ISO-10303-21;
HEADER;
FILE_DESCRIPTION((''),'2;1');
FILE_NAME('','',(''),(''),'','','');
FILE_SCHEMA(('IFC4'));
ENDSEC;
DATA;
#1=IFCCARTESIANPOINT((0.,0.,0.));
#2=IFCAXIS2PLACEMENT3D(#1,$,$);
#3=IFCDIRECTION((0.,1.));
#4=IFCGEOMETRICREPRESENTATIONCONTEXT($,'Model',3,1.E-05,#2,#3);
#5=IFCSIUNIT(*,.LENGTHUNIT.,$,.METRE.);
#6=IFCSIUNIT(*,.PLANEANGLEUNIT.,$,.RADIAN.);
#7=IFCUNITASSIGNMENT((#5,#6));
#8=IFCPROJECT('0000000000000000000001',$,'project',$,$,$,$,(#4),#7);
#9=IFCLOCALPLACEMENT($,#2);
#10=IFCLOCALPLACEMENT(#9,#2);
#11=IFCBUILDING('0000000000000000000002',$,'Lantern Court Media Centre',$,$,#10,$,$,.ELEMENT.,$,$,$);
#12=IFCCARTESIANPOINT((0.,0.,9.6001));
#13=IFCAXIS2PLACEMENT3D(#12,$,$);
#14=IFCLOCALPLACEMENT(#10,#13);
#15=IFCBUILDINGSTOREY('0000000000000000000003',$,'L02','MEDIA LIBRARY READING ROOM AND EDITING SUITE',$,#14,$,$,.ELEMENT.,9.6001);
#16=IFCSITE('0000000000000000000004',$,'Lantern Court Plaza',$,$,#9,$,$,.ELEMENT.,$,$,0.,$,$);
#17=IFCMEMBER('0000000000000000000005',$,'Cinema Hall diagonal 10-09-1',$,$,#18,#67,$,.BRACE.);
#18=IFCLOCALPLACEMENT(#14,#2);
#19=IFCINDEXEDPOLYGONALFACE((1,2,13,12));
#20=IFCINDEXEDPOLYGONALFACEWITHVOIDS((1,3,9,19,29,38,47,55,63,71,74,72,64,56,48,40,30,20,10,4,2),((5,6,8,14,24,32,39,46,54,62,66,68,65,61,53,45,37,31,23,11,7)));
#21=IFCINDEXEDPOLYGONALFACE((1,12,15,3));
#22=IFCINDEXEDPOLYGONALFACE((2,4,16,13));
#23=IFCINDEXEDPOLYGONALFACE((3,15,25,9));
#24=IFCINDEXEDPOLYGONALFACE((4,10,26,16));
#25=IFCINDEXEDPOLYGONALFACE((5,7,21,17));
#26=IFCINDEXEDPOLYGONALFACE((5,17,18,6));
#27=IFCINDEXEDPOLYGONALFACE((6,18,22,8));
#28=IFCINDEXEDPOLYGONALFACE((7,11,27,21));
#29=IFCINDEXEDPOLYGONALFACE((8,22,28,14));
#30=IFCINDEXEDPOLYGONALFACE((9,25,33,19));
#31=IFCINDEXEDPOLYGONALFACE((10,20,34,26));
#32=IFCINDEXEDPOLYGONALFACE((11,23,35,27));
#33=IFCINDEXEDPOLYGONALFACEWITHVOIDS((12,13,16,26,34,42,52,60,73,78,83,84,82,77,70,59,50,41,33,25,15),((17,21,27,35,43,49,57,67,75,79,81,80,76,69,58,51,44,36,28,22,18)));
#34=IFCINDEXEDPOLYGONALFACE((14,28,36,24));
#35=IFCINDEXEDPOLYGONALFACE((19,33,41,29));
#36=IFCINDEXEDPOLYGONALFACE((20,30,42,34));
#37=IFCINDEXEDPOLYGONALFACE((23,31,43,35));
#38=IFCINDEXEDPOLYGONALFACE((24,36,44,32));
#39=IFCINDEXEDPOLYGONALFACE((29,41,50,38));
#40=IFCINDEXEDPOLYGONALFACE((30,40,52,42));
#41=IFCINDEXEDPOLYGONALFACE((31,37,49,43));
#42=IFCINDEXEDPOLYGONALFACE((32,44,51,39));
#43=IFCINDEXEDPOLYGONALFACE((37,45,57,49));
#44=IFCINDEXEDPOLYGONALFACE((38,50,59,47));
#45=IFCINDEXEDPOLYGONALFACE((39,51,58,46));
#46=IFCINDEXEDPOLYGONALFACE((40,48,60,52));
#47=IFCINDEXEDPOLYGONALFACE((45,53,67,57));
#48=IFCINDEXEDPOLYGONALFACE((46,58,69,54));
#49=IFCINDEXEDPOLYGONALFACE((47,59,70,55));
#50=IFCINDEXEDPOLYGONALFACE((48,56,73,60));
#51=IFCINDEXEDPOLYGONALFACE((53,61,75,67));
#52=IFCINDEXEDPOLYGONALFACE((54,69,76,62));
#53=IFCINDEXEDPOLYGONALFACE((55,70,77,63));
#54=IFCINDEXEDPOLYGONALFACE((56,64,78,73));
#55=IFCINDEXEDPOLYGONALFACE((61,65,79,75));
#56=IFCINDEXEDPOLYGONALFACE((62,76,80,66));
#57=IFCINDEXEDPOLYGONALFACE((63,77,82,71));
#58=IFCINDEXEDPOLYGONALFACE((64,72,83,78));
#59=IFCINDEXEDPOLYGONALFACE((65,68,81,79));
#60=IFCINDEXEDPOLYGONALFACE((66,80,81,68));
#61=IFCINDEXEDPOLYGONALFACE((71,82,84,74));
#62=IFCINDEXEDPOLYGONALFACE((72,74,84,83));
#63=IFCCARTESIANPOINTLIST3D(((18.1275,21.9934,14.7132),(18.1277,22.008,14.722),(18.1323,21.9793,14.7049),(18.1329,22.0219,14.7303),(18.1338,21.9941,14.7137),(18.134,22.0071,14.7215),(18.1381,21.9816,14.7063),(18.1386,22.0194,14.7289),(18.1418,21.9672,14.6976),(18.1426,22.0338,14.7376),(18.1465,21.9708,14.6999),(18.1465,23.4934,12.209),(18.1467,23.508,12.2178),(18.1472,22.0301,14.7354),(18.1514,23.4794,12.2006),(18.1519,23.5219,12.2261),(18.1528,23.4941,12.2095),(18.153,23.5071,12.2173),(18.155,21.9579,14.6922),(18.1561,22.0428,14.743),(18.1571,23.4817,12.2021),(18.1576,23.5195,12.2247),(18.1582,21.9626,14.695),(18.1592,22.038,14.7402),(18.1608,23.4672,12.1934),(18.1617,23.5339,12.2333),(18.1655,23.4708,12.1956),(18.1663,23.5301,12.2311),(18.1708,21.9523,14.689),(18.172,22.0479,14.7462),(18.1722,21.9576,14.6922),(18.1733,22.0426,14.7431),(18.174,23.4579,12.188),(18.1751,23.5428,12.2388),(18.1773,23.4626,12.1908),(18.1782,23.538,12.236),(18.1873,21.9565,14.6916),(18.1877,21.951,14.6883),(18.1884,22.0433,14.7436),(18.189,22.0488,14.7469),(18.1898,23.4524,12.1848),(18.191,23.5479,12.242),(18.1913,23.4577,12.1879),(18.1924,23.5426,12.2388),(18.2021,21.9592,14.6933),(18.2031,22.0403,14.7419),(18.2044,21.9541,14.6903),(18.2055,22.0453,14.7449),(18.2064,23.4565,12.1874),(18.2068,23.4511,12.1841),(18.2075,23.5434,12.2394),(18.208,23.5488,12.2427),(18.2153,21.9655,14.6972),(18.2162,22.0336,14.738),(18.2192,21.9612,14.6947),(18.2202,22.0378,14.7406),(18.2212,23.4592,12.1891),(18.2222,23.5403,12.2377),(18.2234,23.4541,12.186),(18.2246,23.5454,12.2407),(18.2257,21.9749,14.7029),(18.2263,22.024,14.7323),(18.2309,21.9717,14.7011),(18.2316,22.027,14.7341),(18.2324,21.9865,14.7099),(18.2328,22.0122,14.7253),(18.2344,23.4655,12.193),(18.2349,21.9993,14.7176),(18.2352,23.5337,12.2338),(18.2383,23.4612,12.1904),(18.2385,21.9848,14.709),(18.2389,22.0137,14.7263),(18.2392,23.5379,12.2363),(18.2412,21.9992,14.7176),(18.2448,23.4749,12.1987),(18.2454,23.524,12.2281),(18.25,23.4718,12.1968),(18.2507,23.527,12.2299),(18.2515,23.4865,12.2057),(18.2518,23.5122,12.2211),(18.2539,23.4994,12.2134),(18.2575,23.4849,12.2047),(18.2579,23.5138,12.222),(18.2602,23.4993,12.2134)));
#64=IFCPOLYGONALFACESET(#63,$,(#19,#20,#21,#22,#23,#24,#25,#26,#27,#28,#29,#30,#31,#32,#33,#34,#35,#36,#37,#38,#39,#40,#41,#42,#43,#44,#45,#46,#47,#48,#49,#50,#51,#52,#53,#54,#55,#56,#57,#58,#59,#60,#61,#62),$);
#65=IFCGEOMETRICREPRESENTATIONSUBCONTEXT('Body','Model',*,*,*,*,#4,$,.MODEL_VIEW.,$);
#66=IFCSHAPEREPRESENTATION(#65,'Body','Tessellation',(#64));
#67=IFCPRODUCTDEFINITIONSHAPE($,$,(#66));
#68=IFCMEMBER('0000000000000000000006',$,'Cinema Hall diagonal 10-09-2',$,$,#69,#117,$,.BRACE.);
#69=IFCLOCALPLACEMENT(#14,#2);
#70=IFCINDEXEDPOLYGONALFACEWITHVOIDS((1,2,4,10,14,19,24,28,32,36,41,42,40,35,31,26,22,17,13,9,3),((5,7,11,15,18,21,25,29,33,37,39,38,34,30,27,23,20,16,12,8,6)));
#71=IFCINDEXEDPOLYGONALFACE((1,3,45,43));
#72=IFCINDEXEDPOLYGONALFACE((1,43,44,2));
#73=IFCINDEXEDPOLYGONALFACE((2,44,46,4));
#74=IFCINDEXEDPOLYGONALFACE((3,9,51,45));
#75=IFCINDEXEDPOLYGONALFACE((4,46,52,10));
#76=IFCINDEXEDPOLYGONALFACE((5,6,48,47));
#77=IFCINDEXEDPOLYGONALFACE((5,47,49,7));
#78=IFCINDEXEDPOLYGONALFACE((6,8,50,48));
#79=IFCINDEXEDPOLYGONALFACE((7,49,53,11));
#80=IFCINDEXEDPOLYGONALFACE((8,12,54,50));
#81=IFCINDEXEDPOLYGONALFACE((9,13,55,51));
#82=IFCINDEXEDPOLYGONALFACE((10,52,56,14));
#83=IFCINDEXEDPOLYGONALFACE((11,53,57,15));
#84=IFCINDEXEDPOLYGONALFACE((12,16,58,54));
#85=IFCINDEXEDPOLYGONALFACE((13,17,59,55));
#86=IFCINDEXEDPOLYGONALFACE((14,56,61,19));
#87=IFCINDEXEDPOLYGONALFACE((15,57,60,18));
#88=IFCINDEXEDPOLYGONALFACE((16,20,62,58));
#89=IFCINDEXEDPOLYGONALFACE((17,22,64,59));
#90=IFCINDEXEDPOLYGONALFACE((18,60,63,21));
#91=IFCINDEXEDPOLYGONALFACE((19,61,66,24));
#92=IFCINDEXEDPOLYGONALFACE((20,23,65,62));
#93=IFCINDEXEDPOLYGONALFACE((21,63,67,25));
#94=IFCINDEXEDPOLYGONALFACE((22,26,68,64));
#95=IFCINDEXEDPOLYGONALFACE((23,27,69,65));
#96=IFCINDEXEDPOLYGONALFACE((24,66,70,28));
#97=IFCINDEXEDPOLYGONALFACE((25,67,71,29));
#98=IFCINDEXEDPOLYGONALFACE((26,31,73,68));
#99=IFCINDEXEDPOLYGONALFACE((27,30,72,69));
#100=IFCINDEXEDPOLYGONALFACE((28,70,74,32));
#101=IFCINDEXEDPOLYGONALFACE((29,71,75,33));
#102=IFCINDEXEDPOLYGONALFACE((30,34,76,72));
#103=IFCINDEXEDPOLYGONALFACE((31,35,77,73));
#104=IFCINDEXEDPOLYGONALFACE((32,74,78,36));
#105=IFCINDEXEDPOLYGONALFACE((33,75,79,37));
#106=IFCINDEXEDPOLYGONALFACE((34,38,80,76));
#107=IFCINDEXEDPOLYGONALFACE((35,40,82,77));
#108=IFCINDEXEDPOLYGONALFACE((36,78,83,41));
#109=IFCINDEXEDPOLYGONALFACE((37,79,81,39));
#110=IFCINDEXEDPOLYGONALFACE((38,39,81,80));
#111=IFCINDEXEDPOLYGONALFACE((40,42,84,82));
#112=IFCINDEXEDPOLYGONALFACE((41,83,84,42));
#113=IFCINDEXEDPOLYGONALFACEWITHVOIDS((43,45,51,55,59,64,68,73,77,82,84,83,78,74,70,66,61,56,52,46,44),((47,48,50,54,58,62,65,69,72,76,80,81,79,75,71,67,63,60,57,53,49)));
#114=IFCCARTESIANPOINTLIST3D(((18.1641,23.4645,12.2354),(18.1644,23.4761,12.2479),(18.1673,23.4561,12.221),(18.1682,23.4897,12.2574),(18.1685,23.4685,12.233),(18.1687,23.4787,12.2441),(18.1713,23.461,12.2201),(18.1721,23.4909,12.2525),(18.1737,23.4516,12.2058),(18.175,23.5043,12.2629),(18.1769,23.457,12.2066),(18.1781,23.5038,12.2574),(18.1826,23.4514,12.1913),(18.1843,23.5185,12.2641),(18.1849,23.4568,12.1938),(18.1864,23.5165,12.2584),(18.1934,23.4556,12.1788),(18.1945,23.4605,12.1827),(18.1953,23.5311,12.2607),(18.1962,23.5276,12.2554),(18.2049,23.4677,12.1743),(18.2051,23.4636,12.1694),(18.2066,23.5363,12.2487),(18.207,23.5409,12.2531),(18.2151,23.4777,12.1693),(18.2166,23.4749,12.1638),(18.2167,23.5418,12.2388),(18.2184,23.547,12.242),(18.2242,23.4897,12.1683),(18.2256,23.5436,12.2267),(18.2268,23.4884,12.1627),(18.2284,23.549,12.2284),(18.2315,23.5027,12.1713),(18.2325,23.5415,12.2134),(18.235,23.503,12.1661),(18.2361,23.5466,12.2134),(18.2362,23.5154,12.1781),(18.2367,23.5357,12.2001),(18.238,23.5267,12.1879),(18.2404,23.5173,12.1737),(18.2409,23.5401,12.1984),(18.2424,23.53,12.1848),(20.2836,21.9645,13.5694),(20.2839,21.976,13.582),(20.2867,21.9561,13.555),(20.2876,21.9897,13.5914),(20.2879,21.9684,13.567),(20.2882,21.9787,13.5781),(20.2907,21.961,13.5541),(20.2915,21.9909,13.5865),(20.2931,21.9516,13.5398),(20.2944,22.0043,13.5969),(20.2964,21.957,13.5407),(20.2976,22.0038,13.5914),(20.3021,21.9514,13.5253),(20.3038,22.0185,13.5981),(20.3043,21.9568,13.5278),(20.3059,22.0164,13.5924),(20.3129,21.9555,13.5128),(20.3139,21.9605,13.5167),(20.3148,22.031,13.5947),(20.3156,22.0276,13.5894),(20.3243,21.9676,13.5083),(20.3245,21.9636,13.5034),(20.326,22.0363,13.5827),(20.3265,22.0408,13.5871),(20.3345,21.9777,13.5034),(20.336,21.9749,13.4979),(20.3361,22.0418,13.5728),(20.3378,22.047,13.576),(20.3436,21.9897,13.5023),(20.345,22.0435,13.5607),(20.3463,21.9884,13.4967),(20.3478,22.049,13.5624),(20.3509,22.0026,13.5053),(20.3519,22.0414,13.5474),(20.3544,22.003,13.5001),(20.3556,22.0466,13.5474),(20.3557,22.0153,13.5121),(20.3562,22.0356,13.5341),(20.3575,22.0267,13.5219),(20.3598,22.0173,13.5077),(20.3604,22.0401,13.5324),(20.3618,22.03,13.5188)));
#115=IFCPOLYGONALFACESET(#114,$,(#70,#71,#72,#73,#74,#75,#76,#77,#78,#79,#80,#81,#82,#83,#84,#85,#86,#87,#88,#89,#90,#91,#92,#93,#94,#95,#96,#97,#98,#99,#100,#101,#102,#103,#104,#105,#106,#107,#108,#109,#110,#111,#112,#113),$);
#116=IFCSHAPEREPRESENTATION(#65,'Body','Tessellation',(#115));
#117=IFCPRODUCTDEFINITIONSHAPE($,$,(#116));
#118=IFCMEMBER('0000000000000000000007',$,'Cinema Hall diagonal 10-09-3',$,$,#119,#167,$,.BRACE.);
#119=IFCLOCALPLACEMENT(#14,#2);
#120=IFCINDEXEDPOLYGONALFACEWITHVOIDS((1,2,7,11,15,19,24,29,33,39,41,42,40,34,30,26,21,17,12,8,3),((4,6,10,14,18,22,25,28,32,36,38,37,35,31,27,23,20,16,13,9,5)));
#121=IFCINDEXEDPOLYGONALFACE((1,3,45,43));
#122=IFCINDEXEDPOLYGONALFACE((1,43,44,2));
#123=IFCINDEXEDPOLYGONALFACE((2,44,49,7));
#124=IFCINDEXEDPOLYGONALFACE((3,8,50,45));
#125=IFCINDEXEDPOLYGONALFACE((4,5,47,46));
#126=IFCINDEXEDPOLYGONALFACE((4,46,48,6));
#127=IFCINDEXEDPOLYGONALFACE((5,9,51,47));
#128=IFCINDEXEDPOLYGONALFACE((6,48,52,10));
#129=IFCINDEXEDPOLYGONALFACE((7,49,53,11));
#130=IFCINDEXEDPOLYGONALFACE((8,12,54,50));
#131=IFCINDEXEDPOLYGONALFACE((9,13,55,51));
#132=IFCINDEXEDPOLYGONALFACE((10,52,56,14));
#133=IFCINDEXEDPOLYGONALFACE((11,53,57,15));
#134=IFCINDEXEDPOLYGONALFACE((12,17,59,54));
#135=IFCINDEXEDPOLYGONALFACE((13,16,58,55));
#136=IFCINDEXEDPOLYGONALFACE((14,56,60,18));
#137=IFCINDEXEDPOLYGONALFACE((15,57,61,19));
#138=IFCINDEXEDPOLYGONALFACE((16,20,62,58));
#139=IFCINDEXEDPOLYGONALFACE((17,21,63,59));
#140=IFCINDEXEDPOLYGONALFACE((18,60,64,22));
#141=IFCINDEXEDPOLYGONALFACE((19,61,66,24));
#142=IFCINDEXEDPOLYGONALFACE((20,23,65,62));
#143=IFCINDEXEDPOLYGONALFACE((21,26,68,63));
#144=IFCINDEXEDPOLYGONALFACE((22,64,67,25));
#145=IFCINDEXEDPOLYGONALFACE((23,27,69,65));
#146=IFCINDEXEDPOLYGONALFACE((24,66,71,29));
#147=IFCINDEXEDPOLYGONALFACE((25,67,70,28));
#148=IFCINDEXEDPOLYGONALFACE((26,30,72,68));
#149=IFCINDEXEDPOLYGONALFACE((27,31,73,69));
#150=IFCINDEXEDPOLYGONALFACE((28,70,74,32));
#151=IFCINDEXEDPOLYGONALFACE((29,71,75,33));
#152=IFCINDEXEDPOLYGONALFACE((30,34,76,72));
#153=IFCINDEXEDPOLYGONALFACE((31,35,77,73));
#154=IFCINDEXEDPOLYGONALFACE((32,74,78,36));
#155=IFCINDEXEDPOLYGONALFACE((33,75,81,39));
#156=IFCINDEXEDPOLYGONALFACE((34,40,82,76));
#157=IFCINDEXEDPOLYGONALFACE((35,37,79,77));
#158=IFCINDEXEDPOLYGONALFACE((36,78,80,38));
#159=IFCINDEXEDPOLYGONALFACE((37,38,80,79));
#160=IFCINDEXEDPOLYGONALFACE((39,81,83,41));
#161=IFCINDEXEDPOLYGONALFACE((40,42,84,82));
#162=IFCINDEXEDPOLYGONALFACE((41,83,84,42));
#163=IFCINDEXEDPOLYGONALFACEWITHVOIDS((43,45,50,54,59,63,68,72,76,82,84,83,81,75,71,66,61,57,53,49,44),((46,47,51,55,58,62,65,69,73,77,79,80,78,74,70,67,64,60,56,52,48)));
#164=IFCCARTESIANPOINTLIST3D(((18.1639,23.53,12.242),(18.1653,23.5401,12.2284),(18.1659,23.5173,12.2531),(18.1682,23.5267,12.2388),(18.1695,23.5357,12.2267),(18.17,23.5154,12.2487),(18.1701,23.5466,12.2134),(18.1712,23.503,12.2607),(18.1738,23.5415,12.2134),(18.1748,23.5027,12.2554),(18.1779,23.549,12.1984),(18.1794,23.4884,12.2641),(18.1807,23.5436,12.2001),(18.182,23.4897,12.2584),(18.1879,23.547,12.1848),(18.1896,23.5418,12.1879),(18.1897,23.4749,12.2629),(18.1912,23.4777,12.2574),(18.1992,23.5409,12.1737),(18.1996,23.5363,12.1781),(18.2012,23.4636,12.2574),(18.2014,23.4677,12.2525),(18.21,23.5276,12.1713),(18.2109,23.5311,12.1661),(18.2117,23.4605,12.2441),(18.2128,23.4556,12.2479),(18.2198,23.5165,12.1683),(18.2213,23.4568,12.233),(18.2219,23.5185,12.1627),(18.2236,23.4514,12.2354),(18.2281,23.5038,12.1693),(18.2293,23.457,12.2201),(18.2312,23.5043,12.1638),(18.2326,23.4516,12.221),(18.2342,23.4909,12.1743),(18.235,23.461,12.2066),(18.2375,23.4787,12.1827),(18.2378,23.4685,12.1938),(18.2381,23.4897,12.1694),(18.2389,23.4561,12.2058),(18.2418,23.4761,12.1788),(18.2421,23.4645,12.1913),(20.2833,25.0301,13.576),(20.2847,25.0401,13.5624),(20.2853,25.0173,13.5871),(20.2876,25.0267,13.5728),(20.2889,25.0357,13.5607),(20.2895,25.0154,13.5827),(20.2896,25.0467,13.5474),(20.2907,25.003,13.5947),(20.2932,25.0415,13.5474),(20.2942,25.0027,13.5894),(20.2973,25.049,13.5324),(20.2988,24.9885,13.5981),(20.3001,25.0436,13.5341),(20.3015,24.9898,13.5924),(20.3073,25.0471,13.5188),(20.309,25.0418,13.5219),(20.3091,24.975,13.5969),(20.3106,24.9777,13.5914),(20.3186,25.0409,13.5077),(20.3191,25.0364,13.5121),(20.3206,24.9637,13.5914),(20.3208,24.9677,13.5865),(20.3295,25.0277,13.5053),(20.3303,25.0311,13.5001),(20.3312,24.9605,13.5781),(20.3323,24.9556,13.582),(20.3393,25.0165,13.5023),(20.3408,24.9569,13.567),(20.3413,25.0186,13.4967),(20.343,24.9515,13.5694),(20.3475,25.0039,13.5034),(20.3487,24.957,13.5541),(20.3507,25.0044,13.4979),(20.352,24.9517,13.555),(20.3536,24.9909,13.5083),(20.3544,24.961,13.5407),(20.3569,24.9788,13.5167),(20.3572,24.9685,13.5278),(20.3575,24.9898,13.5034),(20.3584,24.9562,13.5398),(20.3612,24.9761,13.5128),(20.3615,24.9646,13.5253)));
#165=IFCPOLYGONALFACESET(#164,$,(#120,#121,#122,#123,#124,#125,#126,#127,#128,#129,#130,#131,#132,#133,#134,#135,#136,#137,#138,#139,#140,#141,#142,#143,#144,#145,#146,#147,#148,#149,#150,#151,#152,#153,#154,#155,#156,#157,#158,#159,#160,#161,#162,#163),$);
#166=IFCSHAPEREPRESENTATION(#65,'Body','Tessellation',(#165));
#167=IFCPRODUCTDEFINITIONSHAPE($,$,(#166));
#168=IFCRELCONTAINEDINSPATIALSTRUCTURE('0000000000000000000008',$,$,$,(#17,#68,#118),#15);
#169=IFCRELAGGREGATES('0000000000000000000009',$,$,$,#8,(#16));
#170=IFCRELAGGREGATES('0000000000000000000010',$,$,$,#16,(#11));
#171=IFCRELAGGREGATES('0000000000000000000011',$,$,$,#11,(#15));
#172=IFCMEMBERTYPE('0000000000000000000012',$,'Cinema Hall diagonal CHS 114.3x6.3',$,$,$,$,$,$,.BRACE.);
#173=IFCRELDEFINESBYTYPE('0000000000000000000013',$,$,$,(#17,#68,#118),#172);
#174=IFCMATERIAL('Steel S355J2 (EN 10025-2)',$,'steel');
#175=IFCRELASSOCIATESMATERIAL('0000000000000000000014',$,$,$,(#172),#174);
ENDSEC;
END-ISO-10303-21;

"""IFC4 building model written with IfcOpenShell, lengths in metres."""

from ifc_helpers import new_model, si_unit, direction, frame, origin, origin_2d, place, context, subcontext, project, spatial, hollow_circle, extrude, material, material_profile, profile_set, type_object, element, save


model = new_model("IFC4")

# Units and contexts
model_context = context("Model", 3, precision=1e-05, world=origin(), true_north=direction((0.0, 1.0)))
body_context = subcontext(model_context, "Body", "Model", "MODEL_VIEW")
ifc_project = project(units=[si_unit("LENGTHUNIT", "METRE"), si_unit("PLANEANGLEUNIT", "RADIAN")], contexts=[model_context])

# Site, building, storey
site_placement = place(None, origin())
site = spatial("IfcSite", under=ifc_project, at=site_placement, Name="Lantern Court Plaza", CompositionType="ELEMENT", RefElevation=0.0)
building_placement = place(site_placement, origin())
building = spatial("IfcBuilding", under=site, at=building_placement, Name="Lantern Court Media Centre", CompositionType="ELEMENT")
storey_placement = place(building_placement, frame((0.0, 0.0, 9.6001)))
storey = spatial("IfcBuildingStorey", under=building, at=storey_placement, Name="L02", Description="MEDIA LIBRARY READING ROOM AND EDITING SUITE", CompositionType="ELEMENT", Elevation=9.6001)

# Members
ifc_material = material(Name="Steel S355J2 (EN 10025-2)", Category="steel")
ifc_material_profile_1 = material_profile(ifc_material, hollow_circle(Radius=0.0571, WallThickness=0.0063, at=origin_2d()), Name="Cinema Hall diagonal CHS 114.3x6.3")
ifc_profile_set_1 = profile_set([ifc_material_profile_1], Name="Steel S355J2 (EN 10025-2)")
member_type_1 = type_object("IfcMemberType", Name="Cinema Hall diagonal CHS 114.3x6.3", PredefinedType="BRACE", material=ifc_profile_set_1)
for number, where, z_axis, x_axis, name in (
    (1, (18.2031, 23.5, 12.2134), (-0.006524, -0.513857, 0.857851), (0.999919, -0.012694, 0.0), "Cinema Hall diagonal 10-09-1"),
    (2, (18.2031, 23.5, 12.2134), (0.726034, -0.513852, 0.45698), (0.577702, 0.816248, 0.0), "Cinema Hall diagonal 10-09-2"),
    (3, (18.2031, 23.5, 12.2134), (0.726034, 0.513852, 0.45698), (-0.577702, 0.816248, 0.0), "Cinema Hall diagonal 10-09-3"),
):
    element("IfcMember", number, at=place(storey_placement, frame(where, z_axis=z_axis, x_axis=x_axis)), inside=storey, type_object=member_type_1, Name=name, PredefinedType="BRACE", context=body_context, shape_type="SweptSolid", body=[
        extrude(hollow_circle(Radius=0.0571, WallThickness=0.0063, at=origin_2d()), origin(), (0.0, 0.0, 1.0), 2.9192),
    ])

save(model, "model.ifc")
